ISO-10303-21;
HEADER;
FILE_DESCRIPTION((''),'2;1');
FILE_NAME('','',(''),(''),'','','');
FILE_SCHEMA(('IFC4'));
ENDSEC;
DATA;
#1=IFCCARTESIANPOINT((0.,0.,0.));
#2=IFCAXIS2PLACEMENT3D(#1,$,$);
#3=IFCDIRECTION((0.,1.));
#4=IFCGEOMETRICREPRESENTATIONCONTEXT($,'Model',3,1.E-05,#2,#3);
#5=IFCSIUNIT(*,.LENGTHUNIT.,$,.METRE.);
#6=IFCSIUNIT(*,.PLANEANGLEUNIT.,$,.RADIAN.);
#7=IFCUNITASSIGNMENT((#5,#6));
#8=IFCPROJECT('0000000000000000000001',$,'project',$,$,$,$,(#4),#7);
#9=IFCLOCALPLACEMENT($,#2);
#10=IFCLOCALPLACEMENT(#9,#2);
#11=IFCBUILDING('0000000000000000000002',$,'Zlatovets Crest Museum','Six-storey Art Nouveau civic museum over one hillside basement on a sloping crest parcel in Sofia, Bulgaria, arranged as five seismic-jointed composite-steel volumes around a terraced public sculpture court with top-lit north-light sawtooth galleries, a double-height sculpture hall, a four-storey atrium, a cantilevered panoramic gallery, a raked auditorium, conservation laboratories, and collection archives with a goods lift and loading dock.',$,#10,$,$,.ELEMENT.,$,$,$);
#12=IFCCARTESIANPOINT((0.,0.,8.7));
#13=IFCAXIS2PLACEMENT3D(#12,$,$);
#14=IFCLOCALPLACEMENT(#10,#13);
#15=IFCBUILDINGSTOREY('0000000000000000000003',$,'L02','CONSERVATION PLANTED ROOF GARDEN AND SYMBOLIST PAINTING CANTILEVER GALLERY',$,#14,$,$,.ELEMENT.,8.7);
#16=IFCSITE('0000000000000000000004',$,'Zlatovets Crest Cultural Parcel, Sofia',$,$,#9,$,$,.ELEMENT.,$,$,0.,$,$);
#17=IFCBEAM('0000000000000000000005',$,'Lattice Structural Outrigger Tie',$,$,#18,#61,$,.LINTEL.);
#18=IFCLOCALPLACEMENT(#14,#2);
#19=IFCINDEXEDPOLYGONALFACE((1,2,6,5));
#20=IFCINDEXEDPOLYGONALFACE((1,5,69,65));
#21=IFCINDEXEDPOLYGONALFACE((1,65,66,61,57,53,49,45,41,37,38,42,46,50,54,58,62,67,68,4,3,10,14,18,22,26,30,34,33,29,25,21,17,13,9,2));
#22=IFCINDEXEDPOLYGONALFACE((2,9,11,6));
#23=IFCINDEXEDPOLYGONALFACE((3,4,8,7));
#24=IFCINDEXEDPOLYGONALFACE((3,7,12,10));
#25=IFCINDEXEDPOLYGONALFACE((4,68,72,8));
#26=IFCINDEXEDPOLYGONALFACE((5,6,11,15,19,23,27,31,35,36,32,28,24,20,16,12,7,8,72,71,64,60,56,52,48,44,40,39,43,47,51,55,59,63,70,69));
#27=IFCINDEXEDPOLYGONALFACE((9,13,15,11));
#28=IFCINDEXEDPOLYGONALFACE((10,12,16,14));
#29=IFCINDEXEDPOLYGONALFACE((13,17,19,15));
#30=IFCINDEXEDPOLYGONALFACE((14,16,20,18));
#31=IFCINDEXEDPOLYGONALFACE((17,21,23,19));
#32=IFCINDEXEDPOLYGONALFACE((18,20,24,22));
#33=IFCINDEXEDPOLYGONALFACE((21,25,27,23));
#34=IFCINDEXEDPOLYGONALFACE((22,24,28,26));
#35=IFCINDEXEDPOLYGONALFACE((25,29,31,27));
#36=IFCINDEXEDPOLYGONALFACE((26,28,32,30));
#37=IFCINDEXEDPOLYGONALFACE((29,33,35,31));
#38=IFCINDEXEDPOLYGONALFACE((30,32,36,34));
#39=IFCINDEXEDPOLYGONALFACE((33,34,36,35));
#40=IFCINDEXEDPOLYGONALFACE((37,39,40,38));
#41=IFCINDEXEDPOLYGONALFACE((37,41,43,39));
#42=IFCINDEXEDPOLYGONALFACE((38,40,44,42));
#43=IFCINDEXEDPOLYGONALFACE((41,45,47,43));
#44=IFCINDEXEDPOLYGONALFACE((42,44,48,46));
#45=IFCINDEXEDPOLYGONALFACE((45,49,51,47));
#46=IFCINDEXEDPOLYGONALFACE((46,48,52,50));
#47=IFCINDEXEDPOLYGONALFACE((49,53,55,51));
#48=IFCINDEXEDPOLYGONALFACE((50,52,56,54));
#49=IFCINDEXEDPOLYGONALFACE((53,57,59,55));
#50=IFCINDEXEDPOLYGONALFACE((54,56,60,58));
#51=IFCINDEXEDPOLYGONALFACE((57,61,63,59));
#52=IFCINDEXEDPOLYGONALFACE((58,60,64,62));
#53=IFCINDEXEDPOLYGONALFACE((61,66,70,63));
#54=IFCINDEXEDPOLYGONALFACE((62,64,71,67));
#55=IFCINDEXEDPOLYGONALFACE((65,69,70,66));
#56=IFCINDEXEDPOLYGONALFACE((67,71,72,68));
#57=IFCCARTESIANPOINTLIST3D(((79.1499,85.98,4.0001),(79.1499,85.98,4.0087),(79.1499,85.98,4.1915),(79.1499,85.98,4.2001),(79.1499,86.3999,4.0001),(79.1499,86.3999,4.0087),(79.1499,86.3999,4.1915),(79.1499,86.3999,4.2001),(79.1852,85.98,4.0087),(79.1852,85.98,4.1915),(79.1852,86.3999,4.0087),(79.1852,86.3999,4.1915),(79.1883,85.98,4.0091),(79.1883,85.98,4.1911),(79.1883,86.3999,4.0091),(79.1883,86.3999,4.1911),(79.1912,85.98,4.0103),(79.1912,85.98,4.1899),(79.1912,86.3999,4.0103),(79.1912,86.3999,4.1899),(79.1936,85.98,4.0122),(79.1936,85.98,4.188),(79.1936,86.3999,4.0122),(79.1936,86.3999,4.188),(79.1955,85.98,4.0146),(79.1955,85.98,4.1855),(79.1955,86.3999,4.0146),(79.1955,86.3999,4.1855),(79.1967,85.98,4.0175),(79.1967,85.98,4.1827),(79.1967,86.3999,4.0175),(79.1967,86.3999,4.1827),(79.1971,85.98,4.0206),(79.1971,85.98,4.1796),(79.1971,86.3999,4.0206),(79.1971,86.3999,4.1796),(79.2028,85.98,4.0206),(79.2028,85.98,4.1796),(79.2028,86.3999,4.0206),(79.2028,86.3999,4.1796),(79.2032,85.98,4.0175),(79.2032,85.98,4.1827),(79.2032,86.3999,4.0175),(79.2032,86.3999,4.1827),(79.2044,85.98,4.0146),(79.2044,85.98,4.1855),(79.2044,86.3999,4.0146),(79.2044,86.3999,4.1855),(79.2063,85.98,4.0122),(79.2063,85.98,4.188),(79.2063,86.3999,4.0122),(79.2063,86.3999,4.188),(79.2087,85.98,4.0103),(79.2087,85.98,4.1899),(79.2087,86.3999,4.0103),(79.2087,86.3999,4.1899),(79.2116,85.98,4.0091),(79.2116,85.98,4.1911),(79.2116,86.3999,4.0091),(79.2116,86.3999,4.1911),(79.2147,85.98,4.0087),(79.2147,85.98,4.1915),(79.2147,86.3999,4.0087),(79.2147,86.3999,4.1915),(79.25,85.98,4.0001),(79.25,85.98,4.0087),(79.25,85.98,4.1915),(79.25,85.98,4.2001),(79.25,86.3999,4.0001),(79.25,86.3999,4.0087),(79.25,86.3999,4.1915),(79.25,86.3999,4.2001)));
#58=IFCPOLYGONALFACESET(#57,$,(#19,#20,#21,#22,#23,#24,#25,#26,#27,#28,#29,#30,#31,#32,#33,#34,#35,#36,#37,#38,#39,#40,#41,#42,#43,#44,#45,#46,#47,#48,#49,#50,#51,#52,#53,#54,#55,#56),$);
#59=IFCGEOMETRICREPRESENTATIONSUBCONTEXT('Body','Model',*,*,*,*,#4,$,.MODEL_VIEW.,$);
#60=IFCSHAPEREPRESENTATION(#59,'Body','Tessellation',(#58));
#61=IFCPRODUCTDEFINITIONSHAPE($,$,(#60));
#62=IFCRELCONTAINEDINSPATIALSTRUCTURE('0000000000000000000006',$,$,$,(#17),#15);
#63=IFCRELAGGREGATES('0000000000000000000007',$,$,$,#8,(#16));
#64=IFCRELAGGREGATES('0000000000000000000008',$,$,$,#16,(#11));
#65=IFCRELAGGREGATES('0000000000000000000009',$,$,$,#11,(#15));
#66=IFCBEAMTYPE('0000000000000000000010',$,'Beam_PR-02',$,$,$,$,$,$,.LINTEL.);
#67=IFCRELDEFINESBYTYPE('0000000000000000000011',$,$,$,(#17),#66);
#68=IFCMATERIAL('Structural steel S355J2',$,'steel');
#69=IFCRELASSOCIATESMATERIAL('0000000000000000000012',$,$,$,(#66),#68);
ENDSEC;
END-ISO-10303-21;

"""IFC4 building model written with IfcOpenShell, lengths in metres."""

from ifc_helpers import new_model, si_unit, direction, frame, origin, origin_2d, place, context, subcontext, project, spatial, i_section, extrude, material, material_profile, profile_set, type_object, element, save


model = new_model("IFC4")

# Units and contexts
model_context = context("Model", 3, precision=1e-05, world=origin(), true_north=direction((0.0, 1.0)))
body_context = subcontext(model_context, "Body", "Model", "MODEL_VIEW")
ifc_project = project(units=[si_unit("LENGTHUNIT", "METRE"), si_unit("PLANEANGLEUNIT", "RADIAN")], contexts=[model_context])

# Site, building, storey
site_placement = place(None, origin())
site = spatial("IfcSite", under=ifc_project, at=site_placement, Name="Zlatovets Crest Cultural Parcel, Sofia", CompositionType="ELEMENT", RefElevation=0.0)
building_placement = place(site_placement, origin())
building = spatial("IfcBuilding", under=site, at=building_placement, Name="Zlatovets Crest Museum", Description="Six-storey Art Nouveau civic museum over one hillside basement on a sloping crest parcel in Sofia, Bulgaria, arranged as five seismic-jointed composite-steel volumes around a terraced public sculpture court with top-lit north-light sawtooth galleries, a double-height sculpture hall, a four-storey atrium, a cantilevered panoramic gallery, a raked auditorium, conservation laboratories, and collection archives with a goods lift and loading dock.", CompositionType="ELEMENT")
storey_placement = place(building_placement, frame((0.0, 0.0, 8.7)))
storey = spatial("IfcBuildingStorey", under=building, at=storey_placement, Name="L02", Description="CONSERVATION PLANTED ROOF GARDEN AND SYMBOLIST PAINTING CANTILEVER GALLERY", CompositionType="ELEMENT", Elevation=8.7)

# Shared definitions
ifc_material = material(Name="Structural steel S355J2", Category="steel")

# Beam
ifc_material_profile_1 = material_profile(ifc_material, i_section(OverallWidth=0.1001, OverallDepth=0.2, WebThickness=0.0056, FlangeThickness=0.0085, FilletRadius=0.012, at=origin_2d()), Name="IPE 200")
ifc_profile_set_1 = profile_set([ifc_material_profile_1], Name="Structural steel S355J2")
beam_type_1 = type_object("IfcBeamType", Name="Beam_PR-02", PredefinedType="LINTEL", material=ifc_profile_set_1)
for number, where, z_axis, x_axis, name in (
    (1, (79.2, 86.3999, 4.1001), (0.0, -1.0, 0.0), (1.0, 0.0, 0.0), "Lattice Structural Outrigger Tie"),
):
    element("IfcBeam", number, at=place(storey_placement, frame(where, z_axis=z_axis, x_axis=x_axis)), inside=storey, type_object=beam_type_1, Name=name, PredefinedType="LINTEL", context=body_context, shape_type="SweptSolid", body=[
        extrude(i_section(OverallWidth=0.1001, OverallDepth=0.2, WebThickness=0.0056, FlangeThickness=0.0085, FilletRadius=0.012, at=origin_2d()), origin(), (0.0, 0.0, 1.0), 0.4199),
    ])

save(model, "model.ifc")
